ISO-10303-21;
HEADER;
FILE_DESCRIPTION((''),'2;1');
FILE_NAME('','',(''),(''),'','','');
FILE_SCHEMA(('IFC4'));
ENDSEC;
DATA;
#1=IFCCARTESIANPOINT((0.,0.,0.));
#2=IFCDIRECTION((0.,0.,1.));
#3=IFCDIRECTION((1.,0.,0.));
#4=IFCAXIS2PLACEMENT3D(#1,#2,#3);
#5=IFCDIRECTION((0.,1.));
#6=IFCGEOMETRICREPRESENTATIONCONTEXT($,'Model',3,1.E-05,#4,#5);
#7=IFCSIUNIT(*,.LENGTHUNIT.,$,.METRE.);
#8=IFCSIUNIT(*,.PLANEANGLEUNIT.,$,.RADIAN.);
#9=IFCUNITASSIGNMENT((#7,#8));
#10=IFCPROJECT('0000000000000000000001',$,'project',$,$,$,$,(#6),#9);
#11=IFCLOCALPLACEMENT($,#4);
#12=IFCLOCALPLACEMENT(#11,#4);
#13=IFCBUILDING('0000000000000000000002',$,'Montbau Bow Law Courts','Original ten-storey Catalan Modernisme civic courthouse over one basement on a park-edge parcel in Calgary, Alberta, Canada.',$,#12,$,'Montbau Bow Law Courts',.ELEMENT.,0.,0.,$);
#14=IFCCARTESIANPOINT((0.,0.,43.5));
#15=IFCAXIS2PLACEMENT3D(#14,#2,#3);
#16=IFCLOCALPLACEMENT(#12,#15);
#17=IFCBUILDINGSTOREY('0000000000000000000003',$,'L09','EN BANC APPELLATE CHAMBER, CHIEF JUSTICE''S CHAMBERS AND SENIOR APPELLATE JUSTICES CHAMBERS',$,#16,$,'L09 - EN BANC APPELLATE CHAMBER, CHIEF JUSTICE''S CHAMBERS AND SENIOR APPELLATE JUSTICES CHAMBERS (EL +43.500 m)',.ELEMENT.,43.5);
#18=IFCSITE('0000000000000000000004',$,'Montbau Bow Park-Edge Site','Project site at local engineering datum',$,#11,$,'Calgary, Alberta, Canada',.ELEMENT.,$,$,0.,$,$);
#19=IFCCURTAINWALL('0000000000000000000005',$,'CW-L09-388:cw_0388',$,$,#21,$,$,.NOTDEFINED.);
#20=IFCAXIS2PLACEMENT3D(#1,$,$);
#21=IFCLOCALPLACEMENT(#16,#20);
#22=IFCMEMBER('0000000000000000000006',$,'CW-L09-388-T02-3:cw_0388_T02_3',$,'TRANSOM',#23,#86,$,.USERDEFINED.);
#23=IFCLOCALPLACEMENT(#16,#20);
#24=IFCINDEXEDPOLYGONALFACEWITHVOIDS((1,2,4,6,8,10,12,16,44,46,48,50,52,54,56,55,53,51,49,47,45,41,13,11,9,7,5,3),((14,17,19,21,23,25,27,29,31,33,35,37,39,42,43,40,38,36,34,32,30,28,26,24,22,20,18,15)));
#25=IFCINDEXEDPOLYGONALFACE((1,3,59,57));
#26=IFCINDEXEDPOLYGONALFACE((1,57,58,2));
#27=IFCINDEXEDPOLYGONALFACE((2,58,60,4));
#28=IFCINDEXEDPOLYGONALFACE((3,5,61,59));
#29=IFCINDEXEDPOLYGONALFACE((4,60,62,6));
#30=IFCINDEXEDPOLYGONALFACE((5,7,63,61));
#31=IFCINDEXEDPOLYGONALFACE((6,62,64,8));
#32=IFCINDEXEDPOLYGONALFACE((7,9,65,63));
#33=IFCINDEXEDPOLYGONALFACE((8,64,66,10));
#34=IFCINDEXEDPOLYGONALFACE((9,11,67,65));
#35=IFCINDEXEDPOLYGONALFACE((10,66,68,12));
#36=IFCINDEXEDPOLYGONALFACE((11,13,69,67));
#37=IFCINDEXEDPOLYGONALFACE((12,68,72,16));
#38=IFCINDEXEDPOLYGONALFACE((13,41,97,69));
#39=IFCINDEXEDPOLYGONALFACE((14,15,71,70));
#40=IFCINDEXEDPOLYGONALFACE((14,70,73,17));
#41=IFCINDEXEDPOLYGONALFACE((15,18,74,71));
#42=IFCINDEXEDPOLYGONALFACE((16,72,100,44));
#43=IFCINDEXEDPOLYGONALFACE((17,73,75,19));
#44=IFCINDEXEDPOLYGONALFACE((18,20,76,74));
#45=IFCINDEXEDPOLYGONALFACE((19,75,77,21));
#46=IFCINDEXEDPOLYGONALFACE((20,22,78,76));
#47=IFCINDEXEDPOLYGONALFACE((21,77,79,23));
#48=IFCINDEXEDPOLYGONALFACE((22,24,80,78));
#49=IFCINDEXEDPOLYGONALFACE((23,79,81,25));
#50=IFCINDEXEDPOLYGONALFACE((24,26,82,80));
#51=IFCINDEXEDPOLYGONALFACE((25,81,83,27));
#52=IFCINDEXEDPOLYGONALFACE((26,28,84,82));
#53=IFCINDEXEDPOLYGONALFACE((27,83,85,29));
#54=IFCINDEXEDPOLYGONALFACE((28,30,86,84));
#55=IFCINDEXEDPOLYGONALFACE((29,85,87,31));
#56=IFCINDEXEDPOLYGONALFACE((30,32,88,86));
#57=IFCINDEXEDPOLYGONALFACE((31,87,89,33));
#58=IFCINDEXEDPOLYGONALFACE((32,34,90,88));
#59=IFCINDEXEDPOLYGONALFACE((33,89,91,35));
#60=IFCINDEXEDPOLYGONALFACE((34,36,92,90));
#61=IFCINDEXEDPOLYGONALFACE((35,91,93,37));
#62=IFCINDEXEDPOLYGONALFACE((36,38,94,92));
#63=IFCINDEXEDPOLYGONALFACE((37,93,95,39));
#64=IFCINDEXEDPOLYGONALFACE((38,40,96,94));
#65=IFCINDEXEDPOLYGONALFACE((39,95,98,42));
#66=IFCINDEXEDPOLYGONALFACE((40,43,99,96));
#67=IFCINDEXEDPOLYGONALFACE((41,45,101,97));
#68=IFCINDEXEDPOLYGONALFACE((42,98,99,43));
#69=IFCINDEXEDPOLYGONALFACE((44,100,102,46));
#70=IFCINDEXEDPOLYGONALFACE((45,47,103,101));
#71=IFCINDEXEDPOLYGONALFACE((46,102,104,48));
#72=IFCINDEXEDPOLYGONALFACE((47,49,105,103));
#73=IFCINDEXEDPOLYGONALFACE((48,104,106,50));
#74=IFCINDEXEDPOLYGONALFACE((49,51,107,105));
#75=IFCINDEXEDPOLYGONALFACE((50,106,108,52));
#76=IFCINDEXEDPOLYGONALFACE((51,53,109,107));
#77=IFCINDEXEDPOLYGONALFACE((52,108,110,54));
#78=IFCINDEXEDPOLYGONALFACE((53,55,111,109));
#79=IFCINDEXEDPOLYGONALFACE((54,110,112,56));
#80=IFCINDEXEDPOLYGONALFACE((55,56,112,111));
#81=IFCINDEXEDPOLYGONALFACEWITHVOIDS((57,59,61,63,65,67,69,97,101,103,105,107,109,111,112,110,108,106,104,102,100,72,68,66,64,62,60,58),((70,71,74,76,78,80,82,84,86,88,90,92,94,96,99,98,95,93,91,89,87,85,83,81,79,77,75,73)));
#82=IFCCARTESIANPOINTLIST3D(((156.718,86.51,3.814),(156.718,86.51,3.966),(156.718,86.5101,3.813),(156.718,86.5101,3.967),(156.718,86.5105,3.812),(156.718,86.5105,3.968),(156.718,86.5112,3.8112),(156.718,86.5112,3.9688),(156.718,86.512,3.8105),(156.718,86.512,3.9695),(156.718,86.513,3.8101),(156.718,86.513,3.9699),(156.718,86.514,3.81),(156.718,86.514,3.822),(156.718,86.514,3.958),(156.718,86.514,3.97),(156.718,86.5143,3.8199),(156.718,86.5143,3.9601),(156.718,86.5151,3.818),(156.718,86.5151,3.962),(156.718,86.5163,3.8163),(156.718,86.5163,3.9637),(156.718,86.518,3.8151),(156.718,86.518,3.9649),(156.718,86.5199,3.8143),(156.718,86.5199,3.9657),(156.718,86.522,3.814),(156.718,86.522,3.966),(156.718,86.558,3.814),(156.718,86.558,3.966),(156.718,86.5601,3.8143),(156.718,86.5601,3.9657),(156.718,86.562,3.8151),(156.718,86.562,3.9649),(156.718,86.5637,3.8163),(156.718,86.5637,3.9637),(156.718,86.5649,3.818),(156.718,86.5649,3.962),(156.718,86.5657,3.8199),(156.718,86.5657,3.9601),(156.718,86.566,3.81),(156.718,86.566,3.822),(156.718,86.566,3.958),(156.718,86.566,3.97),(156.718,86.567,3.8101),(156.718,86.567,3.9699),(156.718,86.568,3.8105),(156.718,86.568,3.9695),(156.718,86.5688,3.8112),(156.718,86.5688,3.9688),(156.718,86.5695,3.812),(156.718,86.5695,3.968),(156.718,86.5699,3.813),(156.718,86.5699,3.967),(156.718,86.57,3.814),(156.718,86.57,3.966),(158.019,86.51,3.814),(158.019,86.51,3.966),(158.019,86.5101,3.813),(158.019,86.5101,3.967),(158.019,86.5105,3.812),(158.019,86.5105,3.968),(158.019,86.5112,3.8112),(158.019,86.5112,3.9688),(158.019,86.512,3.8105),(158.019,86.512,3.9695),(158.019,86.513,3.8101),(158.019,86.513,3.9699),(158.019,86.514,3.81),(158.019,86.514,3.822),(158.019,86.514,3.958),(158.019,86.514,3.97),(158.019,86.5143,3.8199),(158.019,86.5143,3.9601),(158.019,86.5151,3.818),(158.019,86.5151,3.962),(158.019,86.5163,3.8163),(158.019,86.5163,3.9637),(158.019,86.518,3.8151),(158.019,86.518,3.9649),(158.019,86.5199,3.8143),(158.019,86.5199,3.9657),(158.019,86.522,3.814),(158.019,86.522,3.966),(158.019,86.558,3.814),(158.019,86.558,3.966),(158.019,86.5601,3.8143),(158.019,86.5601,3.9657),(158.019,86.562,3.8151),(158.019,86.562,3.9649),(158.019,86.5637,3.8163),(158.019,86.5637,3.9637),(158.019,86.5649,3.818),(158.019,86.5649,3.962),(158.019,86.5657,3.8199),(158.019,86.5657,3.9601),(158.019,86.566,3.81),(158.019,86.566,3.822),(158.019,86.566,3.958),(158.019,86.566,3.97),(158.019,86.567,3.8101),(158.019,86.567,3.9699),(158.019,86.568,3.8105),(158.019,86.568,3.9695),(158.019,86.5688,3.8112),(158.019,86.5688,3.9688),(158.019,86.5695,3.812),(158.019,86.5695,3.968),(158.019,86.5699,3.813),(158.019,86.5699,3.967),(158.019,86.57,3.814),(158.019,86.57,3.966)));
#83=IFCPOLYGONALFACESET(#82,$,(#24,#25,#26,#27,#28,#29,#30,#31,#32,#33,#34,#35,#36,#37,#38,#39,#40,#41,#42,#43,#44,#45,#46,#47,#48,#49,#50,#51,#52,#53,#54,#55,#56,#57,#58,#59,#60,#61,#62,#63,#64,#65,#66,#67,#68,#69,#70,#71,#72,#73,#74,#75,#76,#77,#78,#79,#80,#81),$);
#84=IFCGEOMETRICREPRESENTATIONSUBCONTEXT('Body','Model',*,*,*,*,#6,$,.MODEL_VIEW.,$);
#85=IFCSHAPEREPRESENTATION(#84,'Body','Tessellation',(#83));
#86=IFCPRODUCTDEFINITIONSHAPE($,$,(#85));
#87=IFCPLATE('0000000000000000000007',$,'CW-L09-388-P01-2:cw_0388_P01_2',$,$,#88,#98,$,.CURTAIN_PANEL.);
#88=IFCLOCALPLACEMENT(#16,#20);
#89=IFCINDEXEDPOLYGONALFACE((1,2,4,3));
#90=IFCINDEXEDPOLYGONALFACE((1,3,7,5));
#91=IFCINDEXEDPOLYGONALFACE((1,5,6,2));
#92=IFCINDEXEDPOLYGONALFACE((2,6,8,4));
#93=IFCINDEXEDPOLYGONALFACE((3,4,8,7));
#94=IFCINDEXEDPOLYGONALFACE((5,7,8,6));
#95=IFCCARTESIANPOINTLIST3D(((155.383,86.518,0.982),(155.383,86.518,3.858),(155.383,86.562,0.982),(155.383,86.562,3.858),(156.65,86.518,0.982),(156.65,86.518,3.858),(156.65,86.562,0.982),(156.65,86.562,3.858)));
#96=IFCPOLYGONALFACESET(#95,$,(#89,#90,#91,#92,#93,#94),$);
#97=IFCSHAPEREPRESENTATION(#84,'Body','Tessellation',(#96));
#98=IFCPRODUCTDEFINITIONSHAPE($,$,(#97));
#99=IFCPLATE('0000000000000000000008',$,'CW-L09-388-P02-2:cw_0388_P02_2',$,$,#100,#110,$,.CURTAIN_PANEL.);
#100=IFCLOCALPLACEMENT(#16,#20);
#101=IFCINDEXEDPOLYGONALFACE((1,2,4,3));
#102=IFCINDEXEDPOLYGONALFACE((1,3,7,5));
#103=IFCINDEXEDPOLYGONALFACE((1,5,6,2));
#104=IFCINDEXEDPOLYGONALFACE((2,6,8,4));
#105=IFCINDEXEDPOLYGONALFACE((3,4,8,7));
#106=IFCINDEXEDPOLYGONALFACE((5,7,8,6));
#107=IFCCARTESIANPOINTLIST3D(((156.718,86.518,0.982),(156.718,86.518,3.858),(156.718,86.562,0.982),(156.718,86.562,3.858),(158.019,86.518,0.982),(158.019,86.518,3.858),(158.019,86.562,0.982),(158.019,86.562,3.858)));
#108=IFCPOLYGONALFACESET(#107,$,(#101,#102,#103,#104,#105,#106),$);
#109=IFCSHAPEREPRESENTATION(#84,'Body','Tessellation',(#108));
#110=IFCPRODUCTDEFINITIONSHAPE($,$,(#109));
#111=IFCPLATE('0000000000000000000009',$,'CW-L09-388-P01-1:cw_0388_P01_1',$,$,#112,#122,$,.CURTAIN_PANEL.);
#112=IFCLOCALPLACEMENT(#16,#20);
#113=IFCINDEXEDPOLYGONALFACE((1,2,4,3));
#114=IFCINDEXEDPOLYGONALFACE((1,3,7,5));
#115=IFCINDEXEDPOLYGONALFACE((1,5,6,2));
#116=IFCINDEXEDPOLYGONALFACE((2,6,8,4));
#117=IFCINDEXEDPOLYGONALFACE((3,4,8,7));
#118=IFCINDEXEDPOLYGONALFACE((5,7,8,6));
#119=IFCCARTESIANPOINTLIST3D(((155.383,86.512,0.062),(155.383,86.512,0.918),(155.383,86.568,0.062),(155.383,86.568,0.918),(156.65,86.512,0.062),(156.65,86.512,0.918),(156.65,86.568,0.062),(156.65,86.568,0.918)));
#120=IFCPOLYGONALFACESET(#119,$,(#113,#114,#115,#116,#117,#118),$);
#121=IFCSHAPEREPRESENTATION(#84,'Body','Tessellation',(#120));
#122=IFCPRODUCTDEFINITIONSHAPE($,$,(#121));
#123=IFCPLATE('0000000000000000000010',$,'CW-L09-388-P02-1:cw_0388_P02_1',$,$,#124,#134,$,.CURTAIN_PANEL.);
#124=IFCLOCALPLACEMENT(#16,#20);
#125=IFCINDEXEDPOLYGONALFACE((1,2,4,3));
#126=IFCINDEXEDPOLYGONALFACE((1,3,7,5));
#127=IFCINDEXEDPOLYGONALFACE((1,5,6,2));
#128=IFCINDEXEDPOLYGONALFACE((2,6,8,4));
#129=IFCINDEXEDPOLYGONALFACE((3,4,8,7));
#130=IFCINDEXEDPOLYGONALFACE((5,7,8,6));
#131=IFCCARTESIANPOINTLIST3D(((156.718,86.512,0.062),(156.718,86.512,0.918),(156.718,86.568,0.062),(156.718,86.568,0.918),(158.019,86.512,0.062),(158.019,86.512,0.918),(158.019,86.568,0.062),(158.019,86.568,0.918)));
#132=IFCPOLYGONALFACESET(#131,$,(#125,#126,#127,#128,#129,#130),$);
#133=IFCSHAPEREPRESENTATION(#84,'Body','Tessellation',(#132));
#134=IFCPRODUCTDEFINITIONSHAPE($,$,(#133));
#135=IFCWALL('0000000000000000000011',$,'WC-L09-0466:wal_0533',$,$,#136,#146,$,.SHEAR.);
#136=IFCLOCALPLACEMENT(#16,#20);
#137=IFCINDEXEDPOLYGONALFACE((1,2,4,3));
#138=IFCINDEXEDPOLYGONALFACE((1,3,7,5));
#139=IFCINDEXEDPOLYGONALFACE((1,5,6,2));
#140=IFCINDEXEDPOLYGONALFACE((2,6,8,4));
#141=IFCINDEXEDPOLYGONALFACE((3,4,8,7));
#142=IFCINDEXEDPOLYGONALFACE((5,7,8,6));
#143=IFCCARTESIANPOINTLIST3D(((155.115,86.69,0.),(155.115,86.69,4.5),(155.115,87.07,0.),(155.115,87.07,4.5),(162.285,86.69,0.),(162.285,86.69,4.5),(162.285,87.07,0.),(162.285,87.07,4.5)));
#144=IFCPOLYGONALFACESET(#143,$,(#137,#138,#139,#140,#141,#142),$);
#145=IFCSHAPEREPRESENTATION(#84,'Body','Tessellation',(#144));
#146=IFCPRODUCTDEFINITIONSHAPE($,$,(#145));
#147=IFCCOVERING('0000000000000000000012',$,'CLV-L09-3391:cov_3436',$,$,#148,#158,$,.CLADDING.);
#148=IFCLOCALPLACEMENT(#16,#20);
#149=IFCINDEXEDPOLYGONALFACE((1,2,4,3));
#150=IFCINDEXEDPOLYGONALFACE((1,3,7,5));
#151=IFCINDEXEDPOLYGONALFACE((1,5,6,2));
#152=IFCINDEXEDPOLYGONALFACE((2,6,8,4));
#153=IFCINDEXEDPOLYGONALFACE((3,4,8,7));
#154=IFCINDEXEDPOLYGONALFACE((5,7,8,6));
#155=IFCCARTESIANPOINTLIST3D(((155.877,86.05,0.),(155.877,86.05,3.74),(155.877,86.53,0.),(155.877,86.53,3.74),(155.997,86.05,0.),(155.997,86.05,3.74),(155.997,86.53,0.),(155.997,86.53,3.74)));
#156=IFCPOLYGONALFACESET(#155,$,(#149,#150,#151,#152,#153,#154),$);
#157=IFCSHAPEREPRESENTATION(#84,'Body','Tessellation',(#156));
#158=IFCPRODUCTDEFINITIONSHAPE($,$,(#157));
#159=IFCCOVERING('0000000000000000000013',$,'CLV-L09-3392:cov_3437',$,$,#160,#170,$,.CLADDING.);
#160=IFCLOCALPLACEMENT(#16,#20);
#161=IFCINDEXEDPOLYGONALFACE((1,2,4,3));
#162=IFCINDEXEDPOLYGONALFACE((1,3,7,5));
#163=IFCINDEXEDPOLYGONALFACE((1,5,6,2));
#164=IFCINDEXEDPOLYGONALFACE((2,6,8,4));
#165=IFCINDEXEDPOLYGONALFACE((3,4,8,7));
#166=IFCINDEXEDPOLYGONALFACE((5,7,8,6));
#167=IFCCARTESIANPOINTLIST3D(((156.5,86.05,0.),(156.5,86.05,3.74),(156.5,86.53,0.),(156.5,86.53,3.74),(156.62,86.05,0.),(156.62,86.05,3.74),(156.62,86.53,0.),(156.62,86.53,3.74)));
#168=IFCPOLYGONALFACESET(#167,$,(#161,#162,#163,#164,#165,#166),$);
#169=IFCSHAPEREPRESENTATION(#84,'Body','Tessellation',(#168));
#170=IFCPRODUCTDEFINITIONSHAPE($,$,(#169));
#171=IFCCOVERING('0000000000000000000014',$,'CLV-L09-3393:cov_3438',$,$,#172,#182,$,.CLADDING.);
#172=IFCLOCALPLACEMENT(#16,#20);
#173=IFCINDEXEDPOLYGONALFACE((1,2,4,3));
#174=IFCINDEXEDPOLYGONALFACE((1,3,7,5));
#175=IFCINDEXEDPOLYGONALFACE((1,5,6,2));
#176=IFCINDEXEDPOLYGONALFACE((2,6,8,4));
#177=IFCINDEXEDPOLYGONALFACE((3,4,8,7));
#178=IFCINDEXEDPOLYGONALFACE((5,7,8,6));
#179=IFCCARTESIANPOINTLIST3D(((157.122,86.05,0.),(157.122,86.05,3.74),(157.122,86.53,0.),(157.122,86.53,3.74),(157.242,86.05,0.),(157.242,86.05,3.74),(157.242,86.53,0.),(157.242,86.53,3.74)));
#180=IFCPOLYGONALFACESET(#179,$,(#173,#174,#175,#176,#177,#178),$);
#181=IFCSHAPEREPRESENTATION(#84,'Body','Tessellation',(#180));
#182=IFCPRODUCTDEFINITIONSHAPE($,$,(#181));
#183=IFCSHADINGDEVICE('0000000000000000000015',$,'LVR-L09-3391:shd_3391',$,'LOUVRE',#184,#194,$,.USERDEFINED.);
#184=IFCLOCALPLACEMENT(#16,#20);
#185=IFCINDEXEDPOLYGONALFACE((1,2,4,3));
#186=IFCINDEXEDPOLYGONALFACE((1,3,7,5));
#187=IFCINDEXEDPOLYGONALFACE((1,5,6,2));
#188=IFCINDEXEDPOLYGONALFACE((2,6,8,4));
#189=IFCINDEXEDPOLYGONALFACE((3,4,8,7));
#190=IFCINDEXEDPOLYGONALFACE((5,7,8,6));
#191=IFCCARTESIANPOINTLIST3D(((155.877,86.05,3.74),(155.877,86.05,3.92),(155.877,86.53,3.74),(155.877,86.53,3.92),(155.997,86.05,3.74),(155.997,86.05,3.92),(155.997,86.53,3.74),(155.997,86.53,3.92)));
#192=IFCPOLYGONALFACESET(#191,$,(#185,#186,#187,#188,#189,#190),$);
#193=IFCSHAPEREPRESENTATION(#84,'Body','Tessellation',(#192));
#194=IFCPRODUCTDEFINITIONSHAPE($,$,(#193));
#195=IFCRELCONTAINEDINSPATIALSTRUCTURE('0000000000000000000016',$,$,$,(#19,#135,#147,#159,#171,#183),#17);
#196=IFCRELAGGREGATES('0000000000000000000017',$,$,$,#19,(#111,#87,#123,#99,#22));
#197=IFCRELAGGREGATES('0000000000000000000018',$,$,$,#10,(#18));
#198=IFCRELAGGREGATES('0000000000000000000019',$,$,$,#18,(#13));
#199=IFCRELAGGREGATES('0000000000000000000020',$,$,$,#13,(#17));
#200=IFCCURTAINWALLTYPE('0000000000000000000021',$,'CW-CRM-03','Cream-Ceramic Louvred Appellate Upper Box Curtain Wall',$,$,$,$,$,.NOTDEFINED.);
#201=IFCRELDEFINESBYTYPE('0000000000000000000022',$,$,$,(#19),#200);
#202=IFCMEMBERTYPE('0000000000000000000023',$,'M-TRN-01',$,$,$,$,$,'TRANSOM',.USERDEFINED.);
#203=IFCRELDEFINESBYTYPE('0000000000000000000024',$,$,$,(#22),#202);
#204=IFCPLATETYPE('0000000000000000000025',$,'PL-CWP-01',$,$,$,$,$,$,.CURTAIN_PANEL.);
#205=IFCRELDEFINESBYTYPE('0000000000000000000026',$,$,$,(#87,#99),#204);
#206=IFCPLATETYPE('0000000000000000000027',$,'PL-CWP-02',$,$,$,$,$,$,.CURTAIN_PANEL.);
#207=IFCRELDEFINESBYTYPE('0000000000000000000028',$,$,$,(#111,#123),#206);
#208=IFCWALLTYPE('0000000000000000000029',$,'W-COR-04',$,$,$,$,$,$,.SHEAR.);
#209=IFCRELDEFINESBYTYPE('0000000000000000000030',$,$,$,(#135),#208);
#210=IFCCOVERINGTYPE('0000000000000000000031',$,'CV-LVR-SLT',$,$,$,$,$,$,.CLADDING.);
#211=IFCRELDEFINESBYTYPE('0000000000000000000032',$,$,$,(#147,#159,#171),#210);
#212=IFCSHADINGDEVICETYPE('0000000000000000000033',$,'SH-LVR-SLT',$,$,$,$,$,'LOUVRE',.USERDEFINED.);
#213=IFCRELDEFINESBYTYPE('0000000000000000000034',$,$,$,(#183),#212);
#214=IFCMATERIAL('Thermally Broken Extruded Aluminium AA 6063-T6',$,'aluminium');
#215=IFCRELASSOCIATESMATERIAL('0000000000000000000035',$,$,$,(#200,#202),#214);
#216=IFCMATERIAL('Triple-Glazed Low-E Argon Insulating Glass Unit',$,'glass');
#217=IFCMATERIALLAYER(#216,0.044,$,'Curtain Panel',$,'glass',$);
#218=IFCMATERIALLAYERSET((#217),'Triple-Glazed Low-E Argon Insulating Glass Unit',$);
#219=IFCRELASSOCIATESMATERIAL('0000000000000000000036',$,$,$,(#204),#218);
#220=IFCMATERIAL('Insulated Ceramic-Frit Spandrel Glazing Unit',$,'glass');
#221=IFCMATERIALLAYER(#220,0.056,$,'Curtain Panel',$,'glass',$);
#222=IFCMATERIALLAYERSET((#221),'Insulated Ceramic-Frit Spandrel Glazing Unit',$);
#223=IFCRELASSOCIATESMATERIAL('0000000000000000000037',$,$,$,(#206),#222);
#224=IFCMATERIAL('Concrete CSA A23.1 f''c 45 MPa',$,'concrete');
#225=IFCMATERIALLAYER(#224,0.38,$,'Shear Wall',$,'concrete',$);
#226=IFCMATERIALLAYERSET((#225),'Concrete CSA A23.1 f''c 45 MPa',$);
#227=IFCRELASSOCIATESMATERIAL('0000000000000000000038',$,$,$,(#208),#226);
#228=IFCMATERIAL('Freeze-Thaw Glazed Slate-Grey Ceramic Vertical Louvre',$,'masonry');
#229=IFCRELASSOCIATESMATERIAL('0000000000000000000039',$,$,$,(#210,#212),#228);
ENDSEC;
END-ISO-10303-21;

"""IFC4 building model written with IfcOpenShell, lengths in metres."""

from ifc_helpers import new_model, si_unit, direction, frame, frame_2d, origin_with_axes, origin_2d_with_axis, place, context, subcontext, project, spatial, rectangle, hollow_rectangle, extrude, material, layer, layer_set, material_profile, profile_set, type_object, element, aggregate, save


model = new_model("IFC4")

# Units and contexts
model_context = context("Model", 3, precision=1e-05, world=origin_with_axes(), true_north=direction((0.0, 1.0)))
body_context = subcontext(model_context, "Body", "Model", "MODEL_VIEW")
ifc_project = project(units=[si_unit("LENGTHUNIT", "METRE"), si_unit("PLANEANGLEUNIT", "RADIAN")], contexts=[model_context])

# Site, building, storey
site_placement = place(None, origin_with_axes())
site = spatial("IfcSite", under=ifc_project, at=site_placement, Name="Montbau Bow Park-Edge Site", Description="Project site at local engineering datum", LongName="Calgary, Alberta, Canada", CompositionType="ELEMENT", RefElevation=0.0)
building_placement = place(site_placement, origin_with_axes())
building = spatial("IfcBuilding", under=site, at=building_placement, Name="Montbau Bow Law Courts", Description="Original ten-storey Catalan Modernisme civic courthouse over one basement on a park-edge parcel in Calgary, Alberta, Canada.", LongName="Montbau Bow Law Courts", CompositionType="ELEMENT", ElevationOfRefHeight=0.0, ElevationOfTerrain=0.0)
storey_placement = place(building_placement, frame((0.0, 0.0, 43.5), z_axis=(0.0, 0.0, 1.0), x_axis=(1.0, 0.0, 0.0)))
storey = spatial("IfcBuildingStorey", under=building, at=storey_placement, Name="L09", Description="EN BANC APPELLATE CHAMBER, CHIEF JUSTICE'S CHAMBERS AND SENIOR APPELLATE JUSTICES CHAMBERS", LongName="L09 - EN BANC APPELLATE CHAMBER, CHIEF JUSTICE'S CHAMBERS AND SENIOR APPELLATE JUSTICES CHAMBERS (EL +43.500 m)", CompositionType="ELEMENT", Elevation=43.5)

# Curtain wall, member, plates
ifc_material_1 = material(Name="Thermally Broken Extruded Aluminium AA 6063-T6", Category="aluminium")
curtain_wall_type = type_object("IfcCurtainWallType", Name="CW-CRM-03", Description="Cream-Ceramic Louvred Appellate Upper Box Curtain Wall", PredefinedType="NOTDEFINED", material=ifc_material_1)
curtain_wall_placement = place(None, frame((155.315, 86.54, 43.5), z_axis=(0.0, 0.0, 1.0), x_axis=(1.0, 0.0, 0.0)))
curtain_wall = element("IfcCurtainWall", 1, at=curtain_wall_placement, inside=storey, type_object=curtain_wall_type, Name="CW-L09-388:cw_0388", PredefinedType="NOTDEFINED")
ifc_material_profile_1 = material_profile(ifc_material_1, hollow_rectangle(XDim=0.06, YDim=0.16, WallThickness=0.004, InnerFilletRadius=0.008, OuterFilletRadius=0.004, at=origin_2d_with_axis()), Name="CWT-160X60", Category="Main", Priority=0)
ifc_profile_set_1 = profile_set([ifc_material_profile_1], Name="Thermally Broken Extruded Aluminium AA 6063-T6")
member_type_1 = type_object("IfcMemberType", Name="M-TRN-01", ElementType="TRANSOM", PredefinedType="USERDEFINED", material=ifc_profile_set_1)
member_1_placement = place(None, frame((156.718, 86.54, 47.39), z_axis=(1.0, 0.0, 0.0), x_axis=(0.0, 1.0, 0.0)))
member_1 = element("IfcMember", 2, at=member_1_placement, type_object=member_type_1, Name="CW-L09-388-T02-3:cw_0388_T02_3", ObjectType="TRANSOM", PredefinedType="USERDEFINED", context=body_context, shape_type="SweptSolid", body=[
    extrude(hollow_rectangle(XDim=0.06, YDim=0.16, WallThickness=0.004, InnerFilletRadius=0.008, OuterFilletRadius=0.004, at=origin_2d_with_axis()), origin_with_axes(), (0.0, 0.0, 1.0), 1.301),
])
ifc_material_2 = material(Name="Triple-Glazed Low-E Argon Insulating Glass Unit", Category="glass")
ifc_layer_1 = layer(ifc_material_2, 0.044, Name="Curtain Panel", Category="glass")
ifc_layer_set_1 = layer_set([ifc_layer_1], Name="Triple-Glazed Low-E Argon Insulating Glass Unit")
plate_type_1 = type_object("IfcPlateType", Name="PL-CWP-01", PredefinedType="CURTAIN_PANEL", material=ifc_layer_set_1)
plate_1_placement = place(None, frame((155.383, 86.54, 44.482), z_axis=(0.0, -1.0, 0.0), x_axis=(1.0, 0.0, 0.0)))
plate_1 = element("IfcPlate", 3, at=plate_1_placement, type_object=plate_type_1, Name="CW-L09-388-P01-2:cw_0388_P01_2", PredefinedType="CURTAIN_PANEL", context=body_context, shape_type="SweptSolid", body=[
    extrude(rectangle(XDim=1.267, YDim=2.876, at=frame_2d((0.6335, 1.438), x_axis=(1.0, 0.0))), frame((0.0, 0.0, -0.022), z_axis=(0.0, 0.0, 1.0), x_axis=(1.0, 0.0, 0.0)), (0.0, 0.0, 1.0), 0.044),
])
plate_2_placement = place(None, frame((156.718, 86.54, 44.482), z_axis=(0.0, -1.0, 0.0), x_axis=(1.0, 0.0, 0.0)))
plate_2 = element("IfcPlate", 4, at=plate_2_placement, type_object=plate_type_1, Name="CW-L09-388-P02-2:cw_0388_P02_2", PredefinedType="CURTAIN_PANEL", context=body_context, shape_type="SweptSolid", body=[
    extrude(rectangle(XDim=1.301, YDim=2.876, at=frame_2d((0.6505, 1.438), x_axis=(1.0, 0.0))), frame((0.0, 0.0, -0.022), z_axis=(0.0, 0.0, 1.0), x_axis=(1.0, 0.0, 0.0)), (0.0, 0.0, 1.0), 0.044),
])
ifc_material_3 = material(Name="Insulated Ceramic-Frit Spandrel Glazing Unit", Category="glass")
ifc_layer_2 = layer(ifc_material_3, 0.056, Name="Curtain Panel", Category="glass")
ifc_layer_set_2 = layer_set([ifc_layer_2], Name="Insulated Ceramic-Frit Spandrel Glazing Unit")
plate_type_2 = type_object("IfcPlateType", Name="PL-CWP-02", PredefinedType="CURTAIN_PANEL", material=ifc_layer_set_2)
plate_3_placement = place(None, frame((155.383, 86.54, 43.562), z_axis=(0.0, -1.0, 0.0), x_axis=(1.0, 0.0, 0.0)))
plate_3 = element("IfcPlate", 5, at=plate_3_placement, type_object=plate_type_2, Name="CW-L09-388-P01-1:cw_0388_P01_1", PredefinedType="CURTAIN_PANEL", context=body_context, shape_type="SweptSolid", body=[
    extrude(rectangle(XDim=1.267, YDim=0.856, at=frame_2d((0.6335, 0.428), x_axis=(1.0, 0.0))), frame((0.0, 0.0, -0.028), z_axis=(0.0, 0.0, 1.0), x_axis=(1.0, 0.0, 0.0)), (0.0, 0.0, 1.0), 0.056),
])
plate_4_placement = place(None, frame((156.718, 86.54, 43.562), z_axis=(0.0, -1.0, 0.0), x_axis=(1.0, 0.0, 0.0)))
plate_4 = element("IfcPlate", 6, at=plate_4_placement, type_object=plate_type_2, Name="CW-L09-388-P02-1:cw_0388_P02_1", PredefinedType="CURTAIN_PANEL", context=body_context, shape_type="SweptSolid", body=[
    extrude(rectangle(XDim=1.301, YDim=0.856, at=frame_2d((0.6505, 0.428), x_axis=(1.0, 0.0))), frame((0.0, 0.0, -0.028), z_axis=(0.0, 0.0, 1.0), x_axis=(1.0, 0.0, 0.0)), (0.0, 0.0, 1.0), 0.056),
])
aggregate(curtain_wall, [plate_3, plate_1, plate_4, plate_2, member_1])

# Wall
ifc_material_4 = material(Name="Concrete CSA A23.1 f'c 45 MPa", Category="concrete")
ifc_layer_3 = layer(ifc_material_4, 0.38, Name="Shear Wall", Category="concrete")
ifc_layer_set_3 = layer_set([ifc_layer_3], Name="Concrete CSA A23.1 f'c 45 MPa")
wall_type = type_object("IfcWallType", Name="W-COR-04", PredefinedType="SHEAR", material=ifc_layer_set_3)
wall_placement = place(None, frame((155.115, 86.88, 43.5), z_axis=(0.0, 0.0, 1.0), x_axis=(1.0, 0.0, 0.0)))
element("IfcWall", 7, at=wall_placement, inside=storey, type_object=wall_type, Name="WC-L09-0466:wal_0533", PredefinedType="SHEAR", context=body_context, shape_type="SweptSolid", body=[
    extrude(rectangle(XDim=7.17, YDim=0.38, at=frame_2d((3.585, 0.0), x_axis=(1.0, 0.0))), origin_with_axes(), (0.0, 0.0, 1.0), 4.5),
])

# Coverings
ifc_material_5 = material(Name="Freeze-Thaw Glazed Slate-Grey Ceramic Vertical Louvre", Category="masonry")
covering_type = type_object("IfcCoveringType", Name="CV-LVR-SLT", PredefinedType="CLADDING", material=ifc_material_5)
for number, where, z_axis, x_axis, name in (
    (8, (155.937, 86.53, 43.5), (-1.0, 0.0, 0.0), (0.0, -1.0, 0.0), "CLV-L09-3391:cov_3436"),
    (9, (156.56, 86.53, 43.5), (-1.0, 0.0, 0.0), (0.0, -1.0, 0.0), "CLV-L09-3392:cov_3437"),
    (10, (157.182, 86.53, 43.5), (-1.0, 0.0, 0.0), (0.0, -1.0, 0.0), "CLV-L09-3393:cov_3438"),
):
    element("IfcCovering", number, at=place(None, frame(where, z_axis=z_axis, x_axis=x_axis)), inside=storey, type_object=covering_type, Name=name, PredefinedType="CLADDING", context=body_context, shape_type="SweptSolid", body=[
        extrude(rectangle(XDim=0.48, YDim=3.74, at=frame_2d((0.24, 1.87), x_axis=(1.0, 0.0))), frame((0.0, 0.0, -0.06), z_axis=(0.0, 0.0, 1.0), x_axis=(1.0, 0.0, 0.0)), (0.0, 0.0, 1.0), 0.12),
    ])

# Shading device
shading_device_type = type_object("IfcShadingDeviceType", Name="SH-LVR-SLT", ElementType="LOUVRE", PredefinedType="USERDEFINED", material=ifc_material_5)
for number, where, z_axis, x_axis, name in (
    (11, (155.937, 86.29, 47.24), (0.0, 0.0, 1.0), (0.0, -1.0, 0.0), "LVR-L09-3391:shd_3391"),
):
    element("IfcShadingDevice", number, at=place(None, frame(where, z_axis=z_axis, x_axis=x_axis)), inside=storey, type_object=shading_device_type, Name=name, ObjectType="LOUVRE", PredefinedType="USERDEFINED", context=body_context, shape_type="SweptSolid", body=[
        extrude(rectangle(XDim=0.48, YDim=0.12, at=origin_2d_with_axis()), origin_with_axes(), (0.0, 0.0, 1.0), 0.18),
    ])

save(model, "model.ifc")
